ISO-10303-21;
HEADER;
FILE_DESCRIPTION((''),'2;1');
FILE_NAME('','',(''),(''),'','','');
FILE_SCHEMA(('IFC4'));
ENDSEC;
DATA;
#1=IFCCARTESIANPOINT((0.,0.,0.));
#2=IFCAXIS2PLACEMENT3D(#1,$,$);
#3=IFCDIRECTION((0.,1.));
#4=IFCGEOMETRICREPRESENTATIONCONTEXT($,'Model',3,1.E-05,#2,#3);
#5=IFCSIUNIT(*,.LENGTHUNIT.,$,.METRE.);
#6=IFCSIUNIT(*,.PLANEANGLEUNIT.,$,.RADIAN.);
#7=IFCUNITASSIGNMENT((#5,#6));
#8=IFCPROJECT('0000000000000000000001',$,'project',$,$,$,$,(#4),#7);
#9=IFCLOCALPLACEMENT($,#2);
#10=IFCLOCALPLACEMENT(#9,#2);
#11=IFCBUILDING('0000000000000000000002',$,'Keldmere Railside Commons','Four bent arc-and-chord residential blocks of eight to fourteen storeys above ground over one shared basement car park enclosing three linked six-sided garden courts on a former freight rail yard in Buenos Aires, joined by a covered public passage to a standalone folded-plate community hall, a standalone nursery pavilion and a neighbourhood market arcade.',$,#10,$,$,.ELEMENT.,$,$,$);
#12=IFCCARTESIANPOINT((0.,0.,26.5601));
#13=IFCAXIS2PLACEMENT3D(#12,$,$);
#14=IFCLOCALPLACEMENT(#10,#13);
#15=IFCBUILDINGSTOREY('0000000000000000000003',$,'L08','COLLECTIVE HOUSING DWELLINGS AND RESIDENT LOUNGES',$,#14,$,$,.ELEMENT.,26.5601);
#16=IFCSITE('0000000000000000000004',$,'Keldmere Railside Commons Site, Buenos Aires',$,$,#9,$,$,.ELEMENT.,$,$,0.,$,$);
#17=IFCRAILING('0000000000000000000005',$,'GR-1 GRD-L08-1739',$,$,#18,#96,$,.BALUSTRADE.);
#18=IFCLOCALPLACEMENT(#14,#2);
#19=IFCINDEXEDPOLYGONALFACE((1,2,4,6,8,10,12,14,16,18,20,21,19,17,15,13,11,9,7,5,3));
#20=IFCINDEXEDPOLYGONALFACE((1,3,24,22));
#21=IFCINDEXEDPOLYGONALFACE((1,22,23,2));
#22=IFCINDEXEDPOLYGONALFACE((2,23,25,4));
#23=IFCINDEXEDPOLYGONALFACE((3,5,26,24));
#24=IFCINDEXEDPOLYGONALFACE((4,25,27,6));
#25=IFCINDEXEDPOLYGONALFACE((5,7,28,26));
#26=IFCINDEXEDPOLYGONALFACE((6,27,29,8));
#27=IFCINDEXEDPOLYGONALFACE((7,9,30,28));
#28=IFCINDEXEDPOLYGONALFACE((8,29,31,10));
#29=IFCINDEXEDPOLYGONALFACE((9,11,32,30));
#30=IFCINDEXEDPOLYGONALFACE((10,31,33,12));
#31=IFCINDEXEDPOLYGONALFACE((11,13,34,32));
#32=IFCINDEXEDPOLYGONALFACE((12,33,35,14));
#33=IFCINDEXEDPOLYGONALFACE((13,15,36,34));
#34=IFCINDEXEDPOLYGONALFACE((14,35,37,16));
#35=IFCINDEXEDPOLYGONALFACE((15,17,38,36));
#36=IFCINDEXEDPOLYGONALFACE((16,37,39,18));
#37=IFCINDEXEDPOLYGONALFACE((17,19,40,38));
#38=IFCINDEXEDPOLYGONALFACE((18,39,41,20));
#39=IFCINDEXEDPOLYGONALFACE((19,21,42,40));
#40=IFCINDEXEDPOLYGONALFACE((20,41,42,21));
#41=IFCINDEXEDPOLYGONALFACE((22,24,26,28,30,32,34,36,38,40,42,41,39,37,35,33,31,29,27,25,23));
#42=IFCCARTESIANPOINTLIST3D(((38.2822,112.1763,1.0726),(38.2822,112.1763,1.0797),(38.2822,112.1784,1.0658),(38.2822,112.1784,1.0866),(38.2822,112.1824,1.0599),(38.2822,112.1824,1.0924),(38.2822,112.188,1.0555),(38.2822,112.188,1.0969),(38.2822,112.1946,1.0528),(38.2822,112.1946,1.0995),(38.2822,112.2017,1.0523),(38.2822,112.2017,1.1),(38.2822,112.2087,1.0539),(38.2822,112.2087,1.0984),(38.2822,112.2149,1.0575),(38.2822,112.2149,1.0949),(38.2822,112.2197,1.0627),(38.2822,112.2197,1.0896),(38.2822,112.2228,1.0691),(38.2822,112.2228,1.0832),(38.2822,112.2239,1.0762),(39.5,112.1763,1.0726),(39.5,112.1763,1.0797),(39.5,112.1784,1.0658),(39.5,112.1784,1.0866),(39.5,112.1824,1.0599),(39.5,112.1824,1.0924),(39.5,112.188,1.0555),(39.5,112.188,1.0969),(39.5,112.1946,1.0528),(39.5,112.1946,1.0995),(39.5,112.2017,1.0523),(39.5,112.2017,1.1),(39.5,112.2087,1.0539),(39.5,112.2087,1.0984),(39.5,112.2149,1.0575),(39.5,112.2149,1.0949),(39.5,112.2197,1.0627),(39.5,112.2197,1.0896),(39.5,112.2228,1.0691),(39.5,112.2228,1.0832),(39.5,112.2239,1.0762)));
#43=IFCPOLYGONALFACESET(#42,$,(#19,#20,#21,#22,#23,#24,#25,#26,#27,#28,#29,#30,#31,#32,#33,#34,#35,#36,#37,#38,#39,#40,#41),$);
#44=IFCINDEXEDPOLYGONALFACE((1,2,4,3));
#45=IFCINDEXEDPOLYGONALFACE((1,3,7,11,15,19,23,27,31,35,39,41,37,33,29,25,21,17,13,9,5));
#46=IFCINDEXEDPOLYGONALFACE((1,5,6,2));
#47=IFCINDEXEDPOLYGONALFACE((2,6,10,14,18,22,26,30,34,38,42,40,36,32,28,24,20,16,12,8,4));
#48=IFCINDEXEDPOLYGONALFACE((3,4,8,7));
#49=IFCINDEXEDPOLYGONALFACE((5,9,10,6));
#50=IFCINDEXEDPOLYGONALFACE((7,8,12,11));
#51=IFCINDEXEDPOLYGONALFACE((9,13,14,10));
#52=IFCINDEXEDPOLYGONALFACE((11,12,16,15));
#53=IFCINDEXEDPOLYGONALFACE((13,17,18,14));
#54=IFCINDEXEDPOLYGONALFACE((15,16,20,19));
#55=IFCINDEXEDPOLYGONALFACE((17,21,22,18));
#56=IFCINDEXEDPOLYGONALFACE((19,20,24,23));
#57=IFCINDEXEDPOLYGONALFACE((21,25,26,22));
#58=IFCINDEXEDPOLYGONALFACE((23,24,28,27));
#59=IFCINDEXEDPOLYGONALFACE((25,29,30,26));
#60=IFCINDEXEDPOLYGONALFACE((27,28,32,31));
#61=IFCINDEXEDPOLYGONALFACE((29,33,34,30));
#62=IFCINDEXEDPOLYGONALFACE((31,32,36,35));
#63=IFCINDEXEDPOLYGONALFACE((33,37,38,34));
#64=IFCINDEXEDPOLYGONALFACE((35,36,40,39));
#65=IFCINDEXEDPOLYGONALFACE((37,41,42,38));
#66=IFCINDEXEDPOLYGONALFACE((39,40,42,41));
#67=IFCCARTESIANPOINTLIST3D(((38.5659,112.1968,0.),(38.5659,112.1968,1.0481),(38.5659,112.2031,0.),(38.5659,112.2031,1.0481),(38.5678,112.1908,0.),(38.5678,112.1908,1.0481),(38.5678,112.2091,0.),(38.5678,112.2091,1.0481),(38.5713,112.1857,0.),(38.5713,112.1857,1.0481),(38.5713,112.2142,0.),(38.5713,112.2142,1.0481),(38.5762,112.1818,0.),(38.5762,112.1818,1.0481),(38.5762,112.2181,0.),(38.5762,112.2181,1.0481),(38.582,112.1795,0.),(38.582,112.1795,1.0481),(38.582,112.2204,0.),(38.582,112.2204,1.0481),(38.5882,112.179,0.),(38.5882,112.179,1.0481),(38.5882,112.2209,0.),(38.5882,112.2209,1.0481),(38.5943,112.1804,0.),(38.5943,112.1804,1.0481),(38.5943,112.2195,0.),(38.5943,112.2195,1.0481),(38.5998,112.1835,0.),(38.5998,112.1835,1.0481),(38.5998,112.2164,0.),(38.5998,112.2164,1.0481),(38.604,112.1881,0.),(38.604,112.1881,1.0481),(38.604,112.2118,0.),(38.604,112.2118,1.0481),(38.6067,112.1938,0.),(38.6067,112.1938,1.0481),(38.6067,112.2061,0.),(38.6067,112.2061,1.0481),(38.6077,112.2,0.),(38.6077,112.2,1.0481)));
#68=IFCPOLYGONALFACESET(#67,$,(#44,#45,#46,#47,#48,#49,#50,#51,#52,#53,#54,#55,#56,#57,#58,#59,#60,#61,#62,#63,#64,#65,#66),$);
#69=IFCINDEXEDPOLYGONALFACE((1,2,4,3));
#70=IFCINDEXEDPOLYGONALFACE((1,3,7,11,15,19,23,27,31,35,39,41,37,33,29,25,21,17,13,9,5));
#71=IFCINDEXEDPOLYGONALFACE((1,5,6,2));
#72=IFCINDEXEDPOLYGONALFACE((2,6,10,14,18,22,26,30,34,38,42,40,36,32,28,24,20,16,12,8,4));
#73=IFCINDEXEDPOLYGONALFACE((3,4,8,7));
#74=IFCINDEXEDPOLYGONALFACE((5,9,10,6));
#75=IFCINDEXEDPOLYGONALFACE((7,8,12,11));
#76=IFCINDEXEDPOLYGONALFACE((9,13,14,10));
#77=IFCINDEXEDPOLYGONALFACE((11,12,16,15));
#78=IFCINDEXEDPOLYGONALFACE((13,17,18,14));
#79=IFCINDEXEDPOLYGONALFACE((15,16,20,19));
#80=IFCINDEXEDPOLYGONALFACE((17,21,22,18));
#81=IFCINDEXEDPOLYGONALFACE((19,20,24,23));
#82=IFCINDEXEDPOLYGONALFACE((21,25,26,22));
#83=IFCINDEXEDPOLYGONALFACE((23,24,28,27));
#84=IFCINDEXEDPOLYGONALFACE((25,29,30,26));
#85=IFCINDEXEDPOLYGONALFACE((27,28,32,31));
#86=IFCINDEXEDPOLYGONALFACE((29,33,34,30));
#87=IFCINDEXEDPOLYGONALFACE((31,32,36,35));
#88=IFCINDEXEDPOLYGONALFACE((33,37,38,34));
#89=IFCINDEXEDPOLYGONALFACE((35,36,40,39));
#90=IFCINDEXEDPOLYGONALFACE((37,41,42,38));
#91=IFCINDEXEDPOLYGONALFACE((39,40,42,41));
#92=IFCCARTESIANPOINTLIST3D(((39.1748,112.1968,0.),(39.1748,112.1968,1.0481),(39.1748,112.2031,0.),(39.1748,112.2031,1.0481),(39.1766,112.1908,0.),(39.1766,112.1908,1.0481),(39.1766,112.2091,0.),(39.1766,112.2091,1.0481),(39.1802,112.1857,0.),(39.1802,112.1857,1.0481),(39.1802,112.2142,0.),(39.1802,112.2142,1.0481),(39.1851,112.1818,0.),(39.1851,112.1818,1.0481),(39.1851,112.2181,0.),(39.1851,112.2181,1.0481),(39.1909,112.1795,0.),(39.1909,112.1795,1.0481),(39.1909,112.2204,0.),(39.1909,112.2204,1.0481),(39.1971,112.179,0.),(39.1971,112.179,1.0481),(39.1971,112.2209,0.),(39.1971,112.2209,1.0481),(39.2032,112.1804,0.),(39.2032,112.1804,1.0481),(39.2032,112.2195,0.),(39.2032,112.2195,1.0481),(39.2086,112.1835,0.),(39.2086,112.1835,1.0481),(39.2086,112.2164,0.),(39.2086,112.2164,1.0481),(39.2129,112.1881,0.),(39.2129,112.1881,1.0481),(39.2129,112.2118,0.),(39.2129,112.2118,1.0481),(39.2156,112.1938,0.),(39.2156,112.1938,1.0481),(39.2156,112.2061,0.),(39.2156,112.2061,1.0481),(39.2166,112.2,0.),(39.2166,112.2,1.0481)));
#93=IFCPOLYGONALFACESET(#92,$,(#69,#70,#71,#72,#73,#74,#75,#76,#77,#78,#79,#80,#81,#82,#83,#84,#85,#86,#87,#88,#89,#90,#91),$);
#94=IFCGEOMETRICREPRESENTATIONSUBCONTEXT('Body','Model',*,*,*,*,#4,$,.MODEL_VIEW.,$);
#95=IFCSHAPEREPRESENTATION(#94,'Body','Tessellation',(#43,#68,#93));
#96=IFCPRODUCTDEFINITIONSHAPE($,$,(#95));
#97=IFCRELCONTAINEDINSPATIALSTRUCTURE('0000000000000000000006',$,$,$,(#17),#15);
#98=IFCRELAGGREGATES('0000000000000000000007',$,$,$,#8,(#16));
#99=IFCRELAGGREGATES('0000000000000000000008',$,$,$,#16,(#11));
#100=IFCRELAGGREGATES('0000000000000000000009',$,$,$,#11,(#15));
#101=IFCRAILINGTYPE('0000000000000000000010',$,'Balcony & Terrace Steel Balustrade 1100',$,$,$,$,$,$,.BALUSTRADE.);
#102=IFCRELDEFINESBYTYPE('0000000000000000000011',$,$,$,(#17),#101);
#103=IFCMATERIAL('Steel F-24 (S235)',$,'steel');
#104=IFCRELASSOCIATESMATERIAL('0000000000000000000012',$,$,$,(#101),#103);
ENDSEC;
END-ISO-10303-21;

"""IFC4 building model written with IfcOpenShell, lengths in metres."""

from ifc_helpers import new_model, si_unit, direction, frame, origin, origin_2d, place, context, subcontext, project, spatial, circle, extrude, material, type_object, element, save


model = new_model("IFC4")

# Units and contexts
model_context = context("Model", 3, precision=1e-05, world=origin(), true_north=direction((0.0, 1.0)))
body_context = subcontext(model_context, "Body", "Model", "MODEL_VIEW")
ifc_project = project(units=[si_unit("LENGTHUNIT", "METRE"), si_unit("PLANEANGLEUNIT", "RADIAN")], contexts=[model_context])

# Site, building, storey
site_placement = place(None, origin())
site = spatial("IfcSite", under=ifc_project, at=site_placement, Name="Keldmere Railside Commons Site, Buenos Aires", CompositionType="ELEMENT", RefElevation=0.0)
building_placement = place(site_placement, origin())
building = spatial("IfcBuilding", under=site, at=building_placement, Name="Keldmere Railside Commons", Description="Four bent arc-and-chord residential blocks of eight to fourteen storeys above ground over one shared basement car park enclosing three linked six-sided garden courts on a former freight rail yard in Buenos Aires, joined by a covered public passage to a standalone folded-plate community hall, a standalone nursery pavilion and a neighbourhood market arcade.", CompositionType="ELEMENT")
storey_placement = place(building_placement, frame((0.0, 0.0, 26.5601)))
storey = spatial("IfcBuildingStorey", under=building, at=storey_placement, Name="L08", Description="COLLECTIVE HOUSING DWELLINGS AND RESIDENT LOUNGES", CompositionType="ELEMENT", Elevation=26.5601)

# Railing
ifc_material_1 = material(Name="Steel F-24 (S235)", Category="steel")
railing_type = type_object("IfcRailingType", Name="Balcony & Terrace Steel Balustrade 1100", PredefinedType="BALUSTRADE", material=ifc_material_1)
railing_1_placement = place(storey_placement, frame((38.2822, 112.2, 0.0)))
element("IfcRailing", 1, at=railing_1_placement, inside=storey, type_object=railing_type, Name="GR-1 GRD-L08-1739", PredefinedType="BALUSTRADE", context=body_context, shape_type="SweptSolid", body=[
    extrude(circle(Radius=0.0239, at=origin_2d()), frame((0.0, 0.0, 1.0762), z_axis=(1.0, 0.0, 0.0), x_axis=(0.0, 1.0, 0.0)), (0.0, 0.0, 1.0), 1.2178),
    extrude(circle(Radius=0.021, at=origin_2d()), frame((0.3044, 0.0, 0.0)), (0.0, 0.0, 1.0), 1.0481),
    extrude(circle(Radius=0.021, at=origin_2d()), frame((0.9133, 0.0, 0.0)), (0.0, 0.0, 1.0), 1.0481),
])

save(model, "model.ifc")
